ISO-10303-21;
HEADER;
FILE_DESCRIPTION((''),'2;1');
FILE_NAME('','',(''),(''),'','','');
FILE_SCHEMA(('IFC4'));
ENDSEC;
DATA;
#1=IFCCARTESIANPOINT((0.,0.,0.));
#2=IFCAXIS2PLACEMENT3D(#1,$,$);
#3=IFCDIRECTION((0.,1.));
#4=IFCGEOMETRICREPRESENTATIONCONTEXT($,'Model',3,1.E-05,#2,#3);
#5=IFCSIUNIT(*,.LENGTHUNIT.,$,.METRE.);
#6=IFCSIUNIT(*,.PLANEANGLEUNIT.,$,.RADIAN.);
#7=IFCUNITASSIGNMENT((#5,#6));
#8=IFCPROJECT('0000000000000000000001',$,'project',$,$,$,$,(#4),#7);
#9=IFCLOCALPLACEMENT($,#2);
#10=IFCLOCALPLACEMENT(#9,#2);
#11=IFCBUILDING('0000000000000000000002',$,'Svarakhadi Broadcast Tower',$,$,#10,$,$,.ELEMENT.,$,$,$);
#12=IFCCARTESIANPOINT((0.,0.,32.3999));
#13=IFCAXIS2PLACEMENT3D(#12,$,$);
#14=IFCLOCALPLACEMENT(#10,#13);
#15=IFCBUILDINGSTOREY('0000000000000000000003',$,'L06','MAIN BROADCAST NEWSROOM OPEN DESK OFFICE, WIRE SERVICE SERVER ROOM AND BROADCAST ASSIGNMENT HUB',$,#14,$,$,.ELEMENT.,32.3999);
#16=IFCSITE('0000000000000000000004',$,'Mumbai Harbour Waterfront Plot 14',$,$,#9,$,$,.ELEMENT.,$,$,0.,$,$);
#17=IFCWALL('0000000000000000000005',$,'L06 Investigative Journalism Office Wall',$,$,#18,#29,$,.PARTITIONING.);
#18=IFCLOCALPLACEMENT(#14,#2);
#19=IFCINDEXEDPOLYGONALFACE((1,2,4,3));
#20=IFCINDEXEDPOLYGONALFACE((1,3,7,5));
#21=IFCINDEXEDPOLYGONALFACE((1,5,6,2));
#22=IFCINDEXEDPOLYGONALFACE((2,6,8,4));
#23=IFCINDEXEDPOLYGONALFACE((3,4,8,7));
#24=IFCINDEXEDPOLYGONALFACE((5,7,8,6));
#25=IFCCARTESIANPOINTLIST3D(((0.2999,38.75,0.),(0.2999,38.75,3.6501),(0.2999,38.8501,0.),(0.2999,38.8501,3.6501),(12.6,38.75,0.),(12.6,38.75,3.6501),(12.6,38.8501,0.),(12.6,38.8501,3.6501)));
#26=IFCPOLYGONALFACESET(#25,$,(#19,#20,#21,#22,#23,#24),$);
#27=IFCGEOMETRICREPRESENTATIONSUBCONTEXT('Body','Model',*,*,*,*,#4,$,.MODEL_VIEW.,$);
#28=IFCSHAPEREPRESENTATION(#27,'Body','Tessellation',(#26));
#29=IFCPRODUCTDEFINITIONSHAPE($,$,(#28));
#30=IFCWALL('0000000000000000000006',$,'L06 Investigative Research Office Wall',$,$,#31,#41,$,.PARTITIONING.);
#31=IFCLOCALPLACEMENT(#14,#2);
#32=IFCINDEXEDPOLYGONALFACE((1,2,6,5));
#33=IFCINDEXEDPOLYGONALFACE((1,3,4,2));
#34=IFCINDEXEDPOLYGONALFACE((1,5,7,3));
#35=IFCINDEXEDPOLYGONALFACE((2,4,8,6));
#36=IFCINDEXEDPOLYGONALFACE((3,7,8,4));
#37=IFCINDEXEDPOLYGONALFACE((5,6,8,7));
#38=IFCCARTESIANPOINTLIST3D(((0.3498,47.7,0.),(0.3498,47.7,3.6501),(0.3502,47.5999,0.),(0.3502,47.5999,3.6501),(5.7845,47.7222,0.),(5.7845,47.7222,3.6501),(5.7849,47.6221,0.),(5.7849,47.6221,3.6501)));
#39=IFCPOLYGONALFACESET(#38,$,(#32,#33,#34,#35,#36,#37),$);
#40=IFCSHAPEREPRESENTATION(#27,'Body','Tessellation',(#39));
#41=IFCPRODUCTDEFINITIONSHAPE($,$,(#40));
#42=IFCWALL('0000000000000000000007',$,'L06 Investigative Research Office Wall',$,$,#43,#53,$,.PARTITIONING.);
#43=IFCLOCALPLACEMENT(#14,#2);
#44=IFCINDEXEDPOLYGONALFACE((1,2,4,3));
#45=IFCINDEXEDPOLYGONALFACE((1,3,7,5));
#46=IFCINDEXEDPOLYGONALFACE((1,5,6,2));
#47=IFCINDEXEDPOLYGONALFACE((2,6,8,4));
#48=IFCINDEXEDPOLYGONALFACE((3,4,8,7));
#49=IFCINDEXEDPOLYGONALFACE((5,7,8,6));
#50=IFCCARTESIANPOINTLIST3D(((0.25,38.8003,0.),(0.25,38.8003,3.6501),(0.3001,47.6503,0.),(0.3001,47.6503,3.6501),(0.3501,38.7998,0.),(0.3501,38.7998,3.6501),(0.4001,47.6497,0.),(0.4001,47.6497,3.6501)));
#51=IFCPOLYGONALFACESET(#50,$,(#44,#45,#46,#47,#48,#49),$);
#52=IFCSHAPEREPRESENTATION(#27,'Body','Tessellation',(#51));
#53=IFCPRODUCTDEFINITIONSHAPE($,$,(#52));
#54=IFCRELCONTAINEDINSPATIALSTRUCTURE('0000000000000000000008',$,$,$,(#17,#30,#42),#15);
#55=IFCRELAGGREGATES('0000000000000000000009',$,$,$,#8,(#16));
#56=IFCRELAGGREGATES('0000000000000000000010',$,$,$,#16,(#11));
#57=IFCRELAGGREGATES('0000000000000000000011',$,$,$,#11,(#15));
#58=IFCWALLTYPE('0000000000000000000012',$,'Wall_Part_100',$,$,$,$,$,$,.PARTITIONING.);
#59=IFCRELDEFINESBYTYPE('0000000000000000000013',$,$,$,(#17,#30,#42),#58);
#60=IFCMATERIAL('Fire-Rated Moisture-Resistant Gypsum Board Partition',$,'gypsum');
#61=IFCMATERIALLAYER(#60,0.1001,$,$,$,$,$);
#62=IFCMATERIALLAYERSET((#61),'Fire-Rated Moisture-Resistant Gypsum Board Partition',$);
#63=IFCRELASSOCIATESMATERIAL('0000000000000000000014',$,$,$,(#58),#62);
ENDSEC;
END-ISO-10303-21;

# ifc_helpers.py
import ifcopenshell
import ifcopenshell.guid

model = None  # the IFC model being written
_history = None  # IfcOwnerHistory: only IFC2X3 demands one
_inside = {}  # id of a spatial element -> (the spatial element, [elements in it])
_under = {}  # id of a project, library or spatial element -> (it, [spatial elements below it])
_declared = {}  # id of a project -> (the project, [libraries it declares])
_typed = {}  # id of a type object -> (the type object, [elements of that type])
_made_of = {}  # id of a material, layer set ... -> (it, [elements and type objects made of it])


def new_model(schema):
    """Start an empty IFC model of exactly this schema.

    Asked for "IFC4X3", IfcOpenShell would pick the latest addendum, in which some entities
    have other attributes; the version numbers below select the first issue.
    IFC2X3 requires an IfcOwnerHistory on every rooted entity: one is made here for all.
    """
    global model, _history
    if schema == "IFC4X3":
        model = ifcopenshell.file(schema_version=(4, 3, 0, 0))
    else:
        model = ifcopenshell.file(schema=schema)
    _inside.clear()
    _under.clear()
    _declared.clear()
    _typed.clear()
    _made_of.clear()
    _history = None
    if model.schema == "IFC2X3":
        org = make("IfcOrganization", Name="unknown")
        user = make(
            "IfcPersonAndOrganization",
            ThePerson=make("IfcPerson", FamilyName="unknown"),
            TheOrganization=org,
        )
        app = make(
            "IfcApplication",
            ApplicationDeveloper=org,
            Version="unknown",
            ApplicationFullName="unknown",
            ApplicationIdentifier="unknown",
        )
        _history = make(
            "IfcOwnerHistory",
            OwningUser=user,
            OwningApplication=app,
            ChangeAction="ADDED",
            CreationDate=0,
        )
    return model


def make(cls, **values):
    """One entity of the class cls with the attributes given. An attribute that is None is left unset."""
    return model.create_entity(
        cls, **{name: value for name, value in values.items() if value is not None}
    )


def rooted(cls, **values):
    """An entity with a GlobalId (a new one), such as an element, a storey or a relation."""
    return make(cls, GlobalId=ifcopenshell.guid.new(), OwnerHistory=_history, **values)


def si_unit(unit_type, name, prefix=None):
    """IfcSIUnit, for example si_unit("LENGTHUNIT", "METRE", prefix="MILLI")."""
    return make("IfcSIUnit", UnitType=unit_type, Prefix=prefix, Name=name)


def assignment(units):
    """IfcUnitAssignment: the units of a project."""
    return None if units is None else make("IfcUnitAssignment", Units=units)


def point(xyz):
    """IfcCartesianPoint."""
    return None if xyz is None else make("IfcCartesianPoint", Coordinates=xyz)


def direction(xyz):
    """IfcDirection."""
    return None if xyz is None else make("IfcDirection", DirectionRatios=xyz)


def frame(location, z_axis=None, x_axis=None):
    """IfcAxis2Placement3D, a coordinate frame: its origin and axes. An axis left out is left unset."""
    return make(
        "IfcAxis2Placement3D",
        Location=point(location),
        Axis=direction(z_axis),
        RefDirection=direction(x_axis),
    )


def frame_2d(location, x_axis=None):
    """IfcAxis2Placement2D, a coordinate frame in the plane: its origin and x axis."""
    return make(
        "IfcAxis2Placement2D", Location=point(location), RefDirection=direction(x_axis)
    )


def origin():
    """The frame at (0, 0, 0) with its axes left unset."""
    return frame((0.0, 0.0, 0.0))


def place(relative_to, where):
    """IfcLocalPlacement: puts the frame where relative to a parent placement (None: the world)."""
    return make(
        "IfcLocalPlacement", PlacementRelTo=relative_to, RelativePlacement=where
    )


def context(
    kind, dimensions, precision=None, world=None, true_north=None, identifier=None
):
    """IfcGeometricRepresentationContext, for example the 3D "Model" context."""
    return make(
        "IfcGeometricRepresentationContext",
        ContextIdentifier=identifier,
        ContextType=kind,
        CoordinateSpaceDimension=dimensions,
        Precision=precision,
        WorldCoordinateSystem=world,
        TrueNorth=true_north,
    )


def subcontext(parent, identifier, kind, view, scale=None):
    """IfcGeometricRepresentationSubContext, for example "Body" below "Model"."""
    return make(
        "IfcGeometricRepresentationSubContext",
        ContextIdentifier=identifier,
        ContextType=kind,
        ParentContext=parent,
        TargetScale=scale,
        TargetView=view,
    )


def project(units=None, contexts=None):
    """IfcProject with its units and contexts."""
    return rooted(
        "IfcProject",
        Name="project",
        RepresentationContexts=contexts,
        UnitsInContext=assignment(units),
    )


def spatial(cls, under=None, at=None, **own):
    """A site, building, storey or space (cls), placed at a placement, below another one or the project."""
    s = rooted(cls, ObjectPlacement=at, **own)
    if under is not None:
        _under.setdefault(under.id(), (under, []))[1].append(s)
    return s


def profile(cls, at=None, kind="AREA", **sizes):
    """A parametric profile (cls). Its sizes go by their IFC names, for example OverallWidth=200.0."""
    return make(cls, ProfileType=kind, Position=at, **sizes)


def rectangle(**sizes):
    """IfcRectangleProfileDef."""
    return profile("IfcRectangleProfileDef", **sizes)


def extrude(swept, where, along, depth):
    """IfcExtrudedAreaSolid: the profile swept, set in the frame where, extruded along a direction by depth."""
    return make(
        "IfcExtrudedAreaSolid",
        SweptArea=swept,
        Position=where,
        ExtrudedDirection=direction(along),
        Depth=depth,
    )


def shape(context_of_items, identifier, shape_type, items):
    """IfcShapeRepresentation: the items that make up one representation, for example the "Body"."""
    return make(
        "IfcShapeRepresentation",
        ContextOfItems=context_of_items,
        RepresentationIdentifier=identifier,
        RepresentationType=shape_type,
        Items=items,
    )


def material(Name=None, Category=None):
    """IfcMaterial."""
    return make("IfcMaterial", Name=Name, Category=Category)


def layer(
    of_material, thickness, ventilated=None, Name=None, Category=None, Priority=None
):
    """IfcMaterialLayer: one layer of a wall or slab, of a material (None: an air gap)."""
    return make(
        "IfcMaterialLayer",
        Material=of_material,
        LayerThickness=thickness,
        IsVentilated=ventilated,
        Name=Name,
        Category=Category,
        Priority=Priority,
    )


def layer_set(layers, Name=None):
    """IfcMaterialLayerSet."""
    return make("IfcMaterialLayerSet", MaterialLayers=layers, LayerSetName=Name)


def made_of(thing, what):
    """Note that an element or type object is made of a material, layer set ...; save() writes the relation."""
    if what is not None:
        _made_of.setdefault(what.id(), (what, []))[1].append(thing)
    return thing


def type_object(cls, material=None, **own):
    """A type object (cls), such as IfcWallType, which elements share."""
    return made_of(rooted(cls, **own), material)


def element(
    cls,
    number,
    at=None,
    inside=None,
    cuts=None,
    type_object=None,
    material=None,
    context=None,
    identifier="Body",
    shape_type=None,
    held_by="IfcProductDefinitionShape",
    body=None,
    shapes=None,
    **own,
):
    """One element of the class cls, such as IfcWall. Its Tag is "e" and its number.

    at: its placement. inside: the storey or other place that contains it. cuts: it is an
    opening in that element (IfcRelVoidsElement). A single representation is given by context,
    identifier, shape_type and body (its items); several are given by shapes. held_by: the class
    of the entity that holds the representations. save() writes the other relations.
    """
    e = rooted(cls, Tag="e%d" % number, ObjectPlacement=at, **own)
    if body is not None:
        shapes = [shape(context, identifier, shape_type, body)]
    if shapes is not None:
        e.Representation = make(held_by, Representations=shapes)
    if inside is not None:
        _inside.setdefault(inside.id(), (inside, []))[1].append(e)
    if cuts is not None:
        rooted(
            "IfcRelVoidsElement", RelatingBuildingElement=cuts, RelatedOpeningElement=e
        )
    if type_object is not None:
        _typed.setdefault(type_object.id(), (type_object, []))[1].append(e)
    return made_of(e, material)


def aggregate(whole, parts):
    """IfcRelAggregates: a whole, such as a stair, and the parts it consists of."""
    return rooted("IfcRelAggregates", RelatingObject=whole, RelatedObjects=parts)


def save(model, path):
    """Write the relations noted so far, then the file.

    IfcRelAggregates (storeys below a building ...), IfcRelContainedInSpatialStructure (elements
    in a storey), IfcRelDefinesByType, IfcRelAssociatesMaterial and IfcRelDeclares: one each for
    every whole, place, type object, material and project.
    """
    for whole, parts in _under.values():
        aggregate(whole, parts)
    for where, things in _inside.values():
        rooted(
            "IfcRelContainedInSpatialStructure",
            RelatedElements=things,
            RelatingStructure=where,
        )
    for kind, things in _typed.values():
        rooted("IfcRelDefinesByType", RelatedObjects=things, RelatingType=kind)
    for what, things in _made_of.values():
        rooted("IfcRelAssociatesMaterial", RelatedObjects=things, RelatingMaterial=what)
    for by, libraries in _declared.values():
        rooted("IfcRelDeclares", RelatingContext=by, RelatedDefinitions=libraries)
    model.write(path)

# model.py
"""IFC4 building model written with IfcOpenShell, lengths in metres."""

from ifc_helpers import new_model, si_unit, direction, frame, frame_2d, origin, place, context, subcontext, project, spatial, rectangle, extrude, material, layer, layer_set, type_object, element, save


model = new_model("IFC4")

# Units and contexts
model_context = context("Model", 3, precision=1e-05, world=origin(), true_north=direction((0.0, 1.0)))
body_context = subcontext(model_context, "Body", "Model", "MODEL_VIEW")
ifc_project = project(units=[si_unit("LENGTHUNIT", "METRE"), si_unit("PLANEANGLEUNIT", "RADIAN")], contexts=[model_context])

# Site, building, storey
site_placement = place(None, origin())
site = spatial("IfcSite", under=ifc_project, at=site_placement, Name="Mumbai Harbour Waterfront Plot 14", CompositionType="ELEMENT", RefElevation=0.0)
building_placement = place(site_placement, origin())
building = spatial("IfcBuilding", under=site, at=building_placement, Name="Svarakhadi Broadcast Tower", CompositionType="ELEMENT")
storey_placement = place(building_placement, frame((0.0, 0.0, 32.3999)))
storey = spatial("IfcBuildingStorey", under=building, at=storey_placement, Name="L06", Description="MAIN BROADCAST NEWSROOM OPEN DESK OFFICE, WIRE SERVICE SERVER ROOM AND BROADCAST ASSIGNMENT HUB", CompositionType="ELEMENT", Elevation=32.3999)

# Walls
ifc_material_1 = material(Name="Fire-Rated Moisture-Resistant Gypsum Board Partition", Category="gypsum")
ifc_layer_1 = layer(ifc_material_1, 0.1001)
ifc_layer_set_1 = layer_set([ifc_layer_1], Name="Fire-Rated Moisture-Resistant Gypsum Board Partition")
wall_type_1 = type_object("IfcWallType", Name="Wall_Part_100", PredefinedType="PARTITIONING", material=ifc_layer_set_1)
wall_1_placement = place(storey_placement, frame((0.3, 38.8, 0.0), z_axis=(0.0, 0.0, 1.0), x_axis=(1.0, 0.0, 0.0)))
element("IfcWall", 1, at=wall_1_placement, inside=storey, type_object=wall_type_1, Name="L06 Investigative Journalism Office Wall", PredefinedType="PARTITIONING", context=body_context, shape_type="SweptSolid", body=[
    extrude(rectangle(XDim=12.3, YDim=0.1001, at=frame_2d((6.1499, 0.0))), origin(), (0.0, 0.0, 1.0), 3.6501),
])
wall_2_placement = place(storey_placement, frame((0.3501, 47.6499, 0.0), z_axis=(0.0, 0.0, 1.0), x_axis=(0.999992, 0.004088, 0.0)))
element("IfcWall", 2, at=wall_2_placement, inside=storey, type_object=wall_type_1, Name="L06 Investigative Research Office Wall", PredefinedType="PARTITIONING", context=body_context, shape_type="SweptSolid", body=[
    extrude(rectangle(XDim=5.4348, YDim=0.1001, at=frame_2d((2.7173, 0.0))), origin(), (0.0, 0.0, 1.0), 3.6501),
])
wall_3_placement = place(storey_placement, frame((0.3, 38.8, 0.0), z_axis=(0.0, 0.0, 1.0), x_axis=(0.005655, 0.999984, 0.0)))
element("IfcWall", 3, at=wall_3_placement, inside=storey, type_object=wall_type_1, Name="L06 Investigative Research Office Wall", PredefinedType="PARTITIONING", context=body_context, shape_type="SweptSolid", body=[
    extrude(rectangle(XDim=8.8501, YDim=0.1001, at=frame_2d((4.425, 0.0))), origin(), (0.0, 0.0, 1.0), 3.6501),
])

save(model, "model.ifc")
